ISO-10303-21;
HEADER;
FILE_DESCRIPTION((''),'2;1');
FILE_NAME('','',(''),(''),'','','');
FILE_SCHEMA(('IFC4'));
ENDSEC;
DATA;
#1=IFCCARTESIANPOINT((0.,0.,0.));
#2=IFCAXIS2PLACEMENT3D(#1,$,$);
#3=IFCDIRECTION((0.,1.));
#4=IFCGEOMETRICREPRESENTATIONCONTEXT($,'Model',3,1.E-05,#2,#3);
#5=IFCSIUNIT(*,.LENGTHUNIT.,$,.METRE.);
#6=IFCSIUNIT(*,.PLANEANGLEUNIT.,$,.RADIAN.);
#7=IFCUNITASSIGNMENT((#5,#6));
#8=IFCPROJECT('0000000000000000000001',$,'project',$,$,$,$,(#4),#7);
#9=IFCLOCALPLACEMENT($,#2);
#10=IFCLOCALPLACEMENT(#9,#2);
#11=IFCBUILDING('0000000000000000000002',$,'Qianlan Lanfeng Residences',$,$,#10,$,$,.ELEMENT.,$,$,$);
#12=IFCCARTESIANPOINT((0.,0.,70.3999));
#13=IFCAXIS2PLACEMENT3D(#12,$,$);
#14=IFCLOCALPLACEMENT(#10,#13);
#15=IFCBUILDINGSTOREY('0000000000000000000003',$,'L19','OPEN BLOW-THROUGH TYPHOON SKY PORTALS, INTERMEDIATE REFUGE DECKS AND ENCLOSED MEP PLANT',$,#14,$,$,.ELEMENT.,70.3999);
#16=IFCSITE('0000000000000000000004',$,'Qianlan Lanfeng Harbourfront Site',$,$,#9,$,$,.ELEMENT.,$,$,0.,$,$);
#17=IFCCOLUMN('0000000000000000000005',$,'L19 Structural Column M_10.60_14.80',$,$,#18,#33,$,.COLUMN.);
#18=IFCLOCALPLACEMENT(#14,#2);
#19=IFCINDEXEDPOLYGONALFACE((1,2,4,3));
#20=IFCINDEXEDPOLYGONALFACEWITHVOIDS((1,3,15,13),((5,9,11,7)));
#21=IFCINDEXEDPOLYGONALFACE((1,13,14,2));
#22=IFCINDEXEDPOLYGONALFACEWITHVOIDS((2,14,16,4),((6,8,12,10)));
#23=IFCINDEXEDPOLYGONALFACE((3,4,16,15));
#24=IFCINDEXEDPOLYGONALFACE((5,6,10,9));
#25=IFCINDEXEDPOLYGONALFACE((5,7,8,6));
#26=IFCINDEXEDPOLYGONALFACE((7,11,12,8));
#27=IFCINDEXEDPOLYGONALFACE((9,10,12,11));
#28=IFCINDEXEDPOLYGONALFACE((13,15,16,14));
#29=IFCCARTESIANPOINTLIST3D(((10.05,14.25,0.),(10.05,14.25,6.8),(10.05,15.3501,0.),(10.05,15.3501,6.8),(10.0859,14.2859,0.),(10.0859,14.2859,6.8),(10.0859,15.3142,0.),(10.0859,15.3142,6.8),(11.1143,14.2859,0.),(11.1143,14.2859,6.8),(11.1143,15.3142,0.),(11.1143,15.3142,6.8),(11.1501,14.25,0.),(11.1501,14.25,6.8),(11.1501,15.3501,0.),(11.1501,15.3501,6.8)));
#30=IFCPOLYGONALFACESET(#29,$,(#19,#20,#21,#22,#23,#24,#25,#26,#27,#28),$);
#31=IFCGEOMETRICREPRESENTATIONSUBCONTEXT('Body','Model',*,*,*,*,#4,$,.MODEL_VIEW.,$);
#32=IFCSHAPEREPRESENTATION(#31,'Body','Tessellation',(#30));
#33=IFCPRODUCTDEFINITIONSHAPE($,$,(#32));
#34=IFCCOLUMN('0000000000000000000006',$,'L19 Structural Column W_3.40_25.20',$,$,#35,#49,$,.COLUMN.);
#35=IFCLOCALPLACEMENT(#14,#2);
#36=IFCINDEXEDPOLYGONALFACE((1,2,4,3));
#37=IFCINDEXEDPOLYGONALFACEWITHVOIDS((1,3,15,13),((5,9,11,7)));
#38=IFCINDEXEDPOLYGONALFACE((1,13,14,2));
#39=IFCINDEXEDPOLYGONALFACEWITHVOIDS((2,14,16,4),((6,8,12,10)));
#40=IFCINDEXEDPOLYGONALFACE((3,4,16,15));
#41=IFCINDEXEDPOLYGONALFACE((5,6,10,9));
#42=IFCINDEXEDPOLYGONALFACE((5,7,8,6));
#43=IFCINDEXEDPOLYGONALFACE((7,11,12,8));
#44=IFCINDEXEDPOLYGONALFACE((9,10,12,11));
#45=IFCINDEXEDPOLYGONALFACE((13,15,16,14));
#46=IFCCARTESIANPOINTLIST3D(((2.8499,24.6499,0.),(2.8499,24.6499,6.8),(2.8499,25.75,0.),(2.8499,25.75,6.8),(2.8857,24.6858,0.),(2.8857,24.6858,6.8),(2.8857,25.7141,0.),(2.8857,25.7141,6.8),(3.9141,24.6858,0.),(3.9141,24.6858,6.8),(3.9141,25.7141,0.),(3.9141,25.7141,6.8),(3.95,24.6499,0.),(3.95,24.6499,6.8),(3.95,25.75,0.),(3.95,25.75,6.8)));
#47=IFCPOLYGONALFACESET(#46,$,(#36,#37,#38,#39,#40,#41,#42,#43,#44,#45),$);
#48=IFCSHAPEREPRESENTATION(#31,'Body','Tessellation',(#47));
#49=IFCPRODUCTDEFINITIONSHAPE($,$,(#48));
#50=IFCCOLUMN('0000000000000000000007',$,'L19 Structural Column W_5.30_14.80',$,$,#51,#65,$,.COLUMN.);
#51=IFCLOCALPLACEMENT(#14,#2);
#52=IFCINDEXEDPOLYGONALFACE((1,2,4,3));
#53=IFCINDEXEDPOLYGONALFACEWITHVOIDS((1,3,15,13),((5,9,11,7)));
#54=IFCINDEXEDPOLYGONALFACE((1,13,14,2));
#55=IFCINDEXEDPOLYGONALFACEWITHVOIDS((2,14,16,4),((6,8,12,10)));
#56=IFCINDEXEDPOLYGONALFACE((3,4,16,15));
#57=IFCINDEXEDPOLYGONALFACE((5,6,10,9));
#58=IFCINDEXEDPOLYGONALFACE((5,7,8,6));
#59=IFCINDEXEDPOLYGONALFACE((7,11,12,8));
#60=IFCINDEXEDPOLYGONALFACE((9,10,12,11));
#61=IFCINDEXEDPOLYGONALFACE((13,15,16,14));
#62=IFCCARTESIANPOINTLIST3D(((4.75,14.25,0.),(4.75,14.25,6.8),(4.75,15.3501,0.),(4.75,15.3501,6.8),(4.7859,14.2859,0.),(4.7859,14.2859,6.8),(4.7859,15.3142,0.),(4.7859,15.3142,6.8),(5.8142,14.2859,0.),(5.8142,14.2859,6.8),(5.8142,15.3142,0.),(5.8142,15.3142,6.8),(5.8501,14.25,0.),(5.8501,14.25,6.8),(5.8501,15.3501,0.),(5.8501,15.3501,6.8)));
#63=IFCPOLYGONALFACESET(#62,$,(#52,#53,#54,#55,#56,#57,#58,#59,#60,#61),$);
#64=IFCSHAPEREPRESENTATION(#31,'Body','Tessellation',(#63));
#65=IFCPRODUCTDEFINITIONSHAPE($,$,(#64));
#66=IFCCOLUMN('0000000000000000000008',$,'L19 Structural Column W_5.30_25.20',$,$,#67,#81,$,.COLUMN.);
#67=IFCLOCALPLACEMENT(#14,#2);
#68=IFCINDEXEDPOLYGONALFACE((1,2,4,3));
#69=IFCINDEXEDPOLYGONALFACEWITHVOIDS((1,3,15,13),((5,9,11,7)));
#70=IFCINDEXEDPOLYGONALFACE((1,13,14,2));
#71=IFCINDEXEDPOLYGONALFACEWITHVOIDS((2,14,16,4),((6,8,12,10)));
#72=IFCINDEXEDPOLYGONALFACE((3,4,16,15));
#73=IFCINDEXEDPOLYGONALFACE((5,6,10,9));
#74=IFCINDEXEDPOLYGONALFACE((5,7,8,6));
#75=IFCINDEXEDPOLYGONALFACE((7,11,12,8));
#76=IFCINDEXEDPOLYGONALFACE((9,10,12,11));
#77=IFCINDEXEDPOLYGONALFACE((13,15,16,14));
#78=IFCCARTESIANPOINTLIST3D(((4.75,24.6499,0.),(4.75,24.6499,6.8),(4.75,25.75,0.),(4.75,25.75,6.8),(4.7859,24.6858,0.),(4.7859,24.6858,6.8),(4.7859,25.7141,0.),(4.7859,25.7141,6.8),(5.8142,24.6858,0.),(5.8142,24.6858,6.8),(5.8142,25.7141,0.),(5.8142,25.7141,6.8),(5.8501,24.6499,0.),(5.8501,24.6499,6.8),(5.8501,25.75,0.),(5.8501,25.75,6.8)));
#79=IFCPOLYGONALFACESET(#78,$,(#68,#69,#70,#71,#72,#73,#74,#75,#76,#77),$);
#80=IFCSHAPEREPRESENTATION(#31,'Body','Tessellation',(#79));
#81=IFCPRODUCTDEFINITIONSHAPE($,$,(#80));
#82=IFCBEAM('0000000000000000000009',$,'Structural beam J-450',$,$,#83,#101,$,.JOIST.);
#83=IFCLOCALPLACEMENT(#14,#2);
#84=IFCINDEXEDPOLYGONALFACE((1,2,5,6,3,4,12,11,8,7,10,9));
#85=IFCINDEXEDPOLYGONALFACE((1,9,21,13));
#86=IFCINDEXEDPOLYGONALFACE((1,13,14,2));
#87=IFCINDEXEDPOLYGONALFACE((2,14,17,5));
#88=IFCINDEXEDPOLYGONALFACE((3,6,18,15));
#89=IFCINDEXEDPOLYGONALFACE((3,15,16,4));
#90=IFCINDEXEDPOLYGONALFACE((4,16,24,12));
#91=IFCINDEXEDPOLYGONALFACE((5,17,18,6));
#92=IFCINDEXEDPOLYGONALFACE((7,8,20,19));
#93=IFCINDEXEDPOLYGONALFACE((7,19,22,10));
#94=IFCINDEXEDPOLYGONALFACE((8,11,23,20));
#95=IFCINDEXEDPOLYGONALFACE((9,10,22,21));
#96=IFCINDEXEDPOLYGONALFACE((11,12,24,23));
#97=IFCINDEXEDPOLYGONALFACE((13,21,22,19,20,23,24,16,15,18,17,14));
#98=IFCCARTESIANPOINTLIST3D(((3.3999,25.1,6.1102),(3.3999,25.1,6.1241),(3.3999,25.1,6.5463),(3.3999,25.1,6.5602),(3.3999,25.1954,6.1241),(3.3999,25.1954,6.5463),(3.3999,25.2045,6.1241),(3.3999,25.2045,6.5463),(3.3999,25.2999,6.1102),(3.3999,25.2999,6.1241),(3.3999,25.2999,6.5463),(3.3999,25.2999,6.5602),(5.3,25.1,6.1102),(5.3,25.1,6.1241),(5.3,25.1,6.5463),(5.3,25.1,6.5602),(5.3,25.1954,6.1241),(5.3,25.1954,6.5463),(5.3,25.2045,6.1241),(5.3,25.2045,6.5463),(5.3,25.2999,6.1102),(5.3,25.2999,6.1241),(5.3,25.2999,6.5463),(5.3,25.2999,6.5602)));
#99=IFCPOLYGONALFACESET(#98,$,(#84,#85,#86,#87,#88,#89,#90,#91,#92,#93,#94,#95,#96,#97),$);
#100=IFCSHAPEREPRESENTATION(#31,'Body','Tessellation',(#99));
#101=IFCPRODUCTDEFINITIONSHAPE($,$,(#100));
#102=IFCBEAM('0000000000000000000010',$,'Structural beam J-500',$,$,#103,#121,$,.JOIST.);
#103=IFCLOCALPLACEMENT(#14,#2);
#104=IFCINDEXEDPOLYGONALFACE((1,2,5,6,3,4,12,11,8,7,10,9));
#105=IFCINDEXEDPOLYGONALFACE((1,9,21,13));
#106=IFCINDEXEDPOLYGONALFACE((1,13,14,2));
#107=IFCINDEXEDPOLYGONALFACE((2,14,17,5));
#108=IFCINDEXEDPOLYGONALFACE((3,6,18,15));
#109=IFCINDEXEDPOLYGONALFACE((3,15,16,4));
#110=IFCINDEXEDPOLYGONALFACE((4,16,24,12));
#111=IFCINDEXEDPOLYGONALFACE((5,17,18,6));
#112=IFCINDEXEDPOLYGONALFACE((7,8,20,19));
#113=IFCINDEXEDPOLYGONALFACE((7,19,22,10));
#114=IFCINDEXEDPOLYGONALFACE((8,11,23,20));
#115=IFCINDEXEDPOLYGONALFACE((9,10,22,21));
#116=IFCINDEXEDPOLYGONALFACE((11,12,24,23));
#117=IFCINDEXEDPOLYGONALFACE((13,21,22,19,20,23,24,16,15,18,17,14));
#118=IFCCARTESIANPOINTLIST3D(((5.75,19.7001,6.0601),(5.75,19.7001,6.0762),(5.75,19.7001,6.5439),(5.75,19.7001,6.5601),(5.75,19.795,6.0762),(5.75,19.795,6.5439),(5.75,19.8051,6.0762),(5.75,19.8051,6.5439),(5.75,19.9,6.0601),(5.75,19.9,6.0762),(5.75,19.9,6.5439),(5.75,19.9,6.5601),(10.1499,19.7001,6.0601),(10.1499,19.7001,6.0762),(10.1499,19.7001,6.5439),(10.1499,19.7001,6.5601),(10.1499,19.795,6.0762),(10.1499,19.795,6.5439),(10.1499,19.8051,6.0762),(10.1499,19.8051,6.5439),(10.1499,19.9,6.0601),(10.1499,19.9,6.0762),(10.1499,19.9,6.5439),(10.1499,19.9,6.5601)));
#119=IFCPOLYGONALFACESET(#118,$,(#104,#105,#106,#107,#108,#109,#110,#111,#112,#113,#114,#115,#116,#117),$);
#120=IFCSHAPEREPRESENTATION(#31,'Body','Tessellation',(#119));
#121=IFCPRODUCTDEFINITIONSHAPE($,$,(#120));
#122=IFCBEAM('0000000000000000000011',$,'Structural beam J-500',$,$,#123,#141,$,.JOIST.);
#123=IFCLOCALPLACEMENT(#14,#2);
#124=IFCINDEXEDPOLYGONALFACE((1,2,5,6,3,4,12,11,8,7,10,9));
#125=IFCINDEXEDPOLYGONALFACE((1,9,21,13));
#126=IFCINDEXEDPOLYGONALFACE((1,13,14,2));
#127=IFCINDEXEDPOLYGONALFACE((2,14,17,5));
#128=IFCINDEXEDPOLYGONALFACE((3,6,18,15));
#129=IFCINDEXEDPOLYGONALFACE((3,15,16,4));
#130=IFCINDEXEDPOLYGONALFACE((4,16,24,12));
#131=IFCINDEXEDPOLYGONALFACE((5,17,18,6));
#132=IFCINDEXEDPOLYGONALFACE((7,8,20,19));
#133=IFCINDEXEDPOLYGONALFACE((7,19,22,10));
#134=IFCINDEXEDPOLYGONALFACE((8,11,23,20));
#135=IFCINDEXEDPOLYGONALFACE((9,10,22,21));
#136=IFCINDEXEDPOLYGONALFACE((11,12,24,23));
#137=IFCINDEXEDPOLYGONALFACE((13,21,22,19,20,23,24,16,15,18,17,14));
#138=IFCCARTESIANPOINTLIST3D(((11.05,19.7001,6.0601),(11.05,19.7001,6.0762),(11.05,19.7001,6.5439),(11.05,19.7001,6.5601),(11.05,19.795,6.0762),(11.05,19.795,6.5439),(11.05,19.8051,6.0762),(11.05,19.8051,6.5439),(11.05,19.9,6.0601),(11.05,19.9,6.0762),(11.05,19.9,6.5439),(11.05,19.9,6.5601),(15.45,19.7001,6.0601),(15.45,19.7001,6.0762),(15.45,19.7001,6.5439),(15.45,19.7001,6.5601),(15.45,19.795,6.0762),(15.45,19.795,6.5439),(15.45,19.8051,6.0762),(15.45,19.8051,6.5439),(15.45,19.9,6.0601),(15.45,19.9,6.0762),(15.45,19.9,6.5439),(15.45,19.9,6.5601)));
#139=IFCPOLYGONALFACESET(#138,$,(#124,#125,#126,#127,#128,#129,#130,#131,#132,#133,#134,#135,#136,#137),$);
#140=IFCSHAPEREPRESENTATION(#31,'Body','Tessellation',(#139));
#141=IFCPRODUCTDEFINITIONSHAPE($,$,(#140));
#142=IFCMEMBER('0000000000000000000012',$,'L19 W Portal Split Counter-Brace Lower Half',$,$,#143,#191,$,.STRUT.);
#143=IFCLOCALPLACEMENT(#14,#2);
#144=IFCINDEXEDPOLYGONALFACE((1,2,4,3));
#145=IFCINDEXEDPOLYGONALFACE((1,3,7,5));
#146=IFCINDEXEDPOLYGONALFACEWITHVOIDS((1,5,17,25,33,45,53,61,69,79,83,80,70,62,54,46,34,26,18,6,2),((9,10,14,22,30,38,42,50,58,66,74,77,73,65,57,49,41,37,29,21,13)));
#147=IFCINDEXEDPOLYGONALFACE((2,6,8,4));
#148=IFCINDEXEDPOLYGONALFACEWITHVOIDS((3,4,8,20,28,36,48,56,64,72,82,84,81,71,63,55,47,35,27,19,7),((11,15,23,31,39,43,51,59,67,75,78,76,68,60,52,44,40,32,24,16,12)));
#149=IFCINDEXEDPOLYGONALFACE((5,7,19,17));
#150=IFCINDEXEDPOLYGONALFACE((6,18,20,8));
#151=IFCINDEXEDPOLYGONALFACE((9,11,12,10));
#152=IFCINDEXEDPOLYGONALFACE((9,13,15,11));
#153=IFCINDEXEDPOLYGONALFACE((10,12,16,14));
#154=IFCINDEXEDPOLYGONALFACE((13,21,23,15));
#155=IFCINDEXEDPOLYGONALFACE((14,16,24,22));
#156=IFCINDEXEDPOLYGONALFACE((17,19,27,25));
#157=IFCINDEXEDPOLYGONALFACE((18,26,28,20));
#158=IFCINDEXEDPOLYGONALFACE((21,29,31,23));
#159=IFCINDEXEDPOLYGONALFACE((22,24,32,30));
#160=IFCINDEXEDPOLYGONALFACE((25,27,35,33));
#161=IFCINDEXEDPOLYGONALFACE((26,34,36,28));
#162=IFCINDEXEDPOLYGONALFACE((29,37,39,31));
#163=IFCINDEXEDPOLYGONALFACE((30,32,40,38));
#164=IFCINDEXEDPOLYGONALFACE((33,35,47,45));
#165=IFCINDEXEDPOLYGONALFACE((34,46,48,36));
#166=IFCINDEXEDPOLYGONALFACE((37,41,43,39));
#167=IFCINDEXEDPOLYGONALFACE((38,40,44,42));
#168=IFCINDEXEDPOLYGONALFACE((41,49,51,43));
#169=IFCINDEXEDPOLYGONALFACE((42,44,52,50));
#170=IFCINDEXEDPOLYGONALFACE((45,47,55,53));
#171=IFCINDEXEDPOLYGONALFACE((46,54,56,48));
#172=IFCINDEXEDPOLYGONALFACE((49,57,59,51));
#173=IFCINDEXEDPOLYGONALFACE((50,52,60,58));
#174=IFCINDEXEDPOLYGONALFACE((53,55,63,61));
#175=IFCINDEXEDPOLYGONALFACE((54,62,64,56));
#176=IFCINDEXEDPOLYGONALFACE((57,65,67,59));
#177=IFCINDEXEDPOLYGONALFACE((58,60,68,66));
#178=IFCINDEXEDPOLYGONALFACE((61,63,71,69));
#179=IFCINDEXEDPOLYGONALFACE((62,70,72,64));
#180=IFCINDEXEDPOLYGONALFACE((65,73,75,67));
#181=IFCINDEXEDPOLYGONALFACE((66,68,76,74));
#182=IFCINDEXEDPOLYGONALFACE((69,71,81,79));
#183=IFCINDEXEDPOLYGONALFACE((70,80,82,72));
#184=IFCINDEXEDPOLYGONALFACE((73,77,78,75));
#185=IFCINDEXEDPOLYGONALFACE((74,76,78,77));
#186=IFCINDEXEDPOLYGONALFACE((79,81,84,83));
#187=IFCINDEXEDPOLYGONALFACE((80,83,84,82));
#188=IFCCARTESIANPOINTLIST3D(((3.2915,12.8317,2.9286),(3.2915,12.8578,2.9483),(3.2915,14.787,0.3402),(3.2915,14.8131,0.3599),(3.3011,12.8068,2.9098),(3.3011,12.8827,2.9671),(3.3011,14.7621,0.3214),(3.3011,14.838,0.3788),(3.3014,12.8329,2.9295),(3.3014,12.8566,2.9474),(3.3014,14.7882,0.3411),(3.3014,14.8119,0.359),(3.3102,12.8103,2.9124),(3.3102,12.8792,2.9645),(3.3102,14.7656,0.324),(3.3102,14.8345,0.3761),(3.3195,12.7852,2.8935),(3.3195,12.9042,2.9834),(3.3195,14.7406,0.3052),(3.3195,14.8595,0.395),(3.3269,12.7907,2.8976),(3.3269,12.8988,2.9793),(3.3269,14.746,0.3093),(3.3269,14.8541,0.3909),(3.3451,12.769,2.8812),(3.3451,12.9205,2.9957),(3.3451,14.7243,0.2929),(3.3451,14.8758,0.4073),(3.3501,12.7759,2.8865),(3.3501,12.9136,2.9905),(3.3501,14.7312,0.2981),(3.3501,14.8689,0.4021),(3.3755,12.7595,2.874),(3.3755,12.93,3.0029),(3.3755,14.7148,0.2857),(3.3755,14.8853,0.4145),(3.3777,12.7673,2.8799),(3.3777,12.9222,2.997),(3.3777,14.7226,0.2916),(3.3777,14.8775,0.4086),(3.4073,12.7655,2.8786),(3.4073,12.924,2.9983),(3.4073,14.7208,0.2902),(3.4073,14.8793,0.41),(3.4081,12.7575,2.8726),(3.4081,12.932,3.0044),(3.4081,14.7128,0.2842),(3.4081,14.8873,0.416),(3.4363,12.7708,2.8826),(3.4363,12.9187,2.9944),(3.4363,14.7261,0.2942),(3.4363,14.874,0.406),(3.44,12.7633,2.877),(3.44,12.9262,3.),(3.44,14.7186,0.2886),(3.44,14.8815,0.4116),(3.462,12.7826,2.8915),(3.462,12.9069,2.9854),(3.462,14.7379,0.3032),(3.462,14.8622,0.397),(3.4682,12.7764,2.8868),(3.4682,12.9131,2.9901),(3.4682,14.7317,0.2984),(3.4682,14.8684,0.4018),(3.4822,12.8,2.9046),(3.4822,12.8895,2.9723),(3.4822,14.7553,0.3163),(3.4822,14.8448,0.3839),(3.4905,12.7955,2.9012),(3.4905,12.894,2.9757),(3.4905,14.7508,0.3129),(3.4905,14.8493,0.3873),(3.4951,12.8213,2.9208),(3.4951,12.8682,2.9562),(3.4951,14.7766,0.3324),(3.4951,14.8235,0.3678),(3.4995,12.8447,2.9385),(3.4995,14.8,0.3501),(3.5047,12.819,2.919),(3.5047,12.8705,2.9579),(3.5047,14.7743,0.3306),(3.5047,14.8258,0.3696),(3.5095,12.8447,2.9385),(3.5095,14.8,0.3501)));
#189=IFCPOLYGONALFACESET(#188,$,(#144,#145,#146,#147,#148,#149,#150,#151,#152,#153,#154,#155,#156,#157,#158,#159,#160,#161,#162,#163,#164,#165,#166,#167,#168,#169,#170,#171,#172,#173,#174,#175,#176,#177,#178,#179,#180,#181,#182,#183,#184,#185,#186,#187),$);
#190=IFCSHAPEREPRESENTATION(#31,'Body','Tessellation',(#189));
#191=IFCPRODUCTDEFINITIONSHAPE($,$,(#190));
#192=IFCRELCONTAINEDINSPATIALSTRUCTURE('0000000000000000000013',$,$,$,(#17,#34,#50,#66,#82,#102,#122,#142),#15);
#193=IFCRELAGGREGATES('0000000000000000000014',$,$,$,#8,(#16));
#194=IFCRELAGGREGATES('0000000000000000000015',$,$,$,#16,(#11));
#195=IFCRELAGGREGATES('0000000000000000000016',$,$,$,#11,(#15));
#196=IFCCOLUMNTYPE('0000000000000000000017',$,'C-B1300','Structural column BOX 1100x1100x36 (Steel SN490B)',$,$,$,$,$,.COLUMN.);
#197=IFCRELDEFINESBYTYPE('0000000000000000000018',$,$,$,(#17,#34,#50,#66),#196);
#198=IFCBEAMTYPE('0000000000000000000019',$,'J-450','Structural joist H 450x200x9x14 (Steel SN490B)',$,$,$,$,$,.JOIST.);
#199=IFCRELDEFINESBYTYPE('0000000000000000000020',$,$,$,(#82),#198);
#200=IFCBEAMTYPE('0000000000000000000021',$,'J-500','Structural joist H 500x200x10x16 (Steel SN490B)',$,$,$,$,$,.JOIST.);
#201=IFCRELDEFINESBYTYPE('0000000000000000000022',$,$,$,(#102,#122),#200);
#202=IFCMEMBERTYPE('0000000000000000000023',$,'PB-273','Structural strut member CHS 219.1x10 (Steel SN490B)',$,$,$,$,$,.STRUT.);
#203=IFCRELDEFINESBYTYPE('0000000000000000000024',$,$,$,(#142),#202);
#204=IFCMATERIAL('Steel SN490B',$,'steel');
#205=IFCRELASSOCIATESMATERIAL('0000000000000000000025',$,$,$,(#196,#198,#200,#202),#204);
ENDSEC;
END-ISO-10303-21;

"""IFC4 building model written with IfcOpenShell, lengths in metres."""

from ifc_helpers import new_model, si_unit, direction, frame, origin, origin_2d, place, context, subcontext, project, spatial, hollow_rectangle, hollow_circle, i_section, extrude, material, material_profile, profile_set, type_object, element, save


model = new_model("IFC4")

# Units and contexts
model_context = context("Model", 3, precision=1e-05, world=origin(), true_north=direction((0.0, 1.0)))
body_context = subcontext(model_context, "Body", "Model", "MODEL_VIEW")
ifc_project = project(units=[si_unit("LENGTHUNIT", "METRE"), si_unit("PLANEANGLEUNIT", "RADIAN")], contexts=[model_context])

# Site, building, storey
site_placement = place(None, origin())
site = spatial("IfcSite", under=ifc_project, at=site_placement, Name="Qianlan Lanfeng Harbourfront Site", CompositionType="ELEMENT", RefElevation=0.0)
building_placement = place(site_placement, origin())
building = spatial("IfcBuilding", under=site, at=building_placement, Name="Qianlan Lanfeng Residences", CompositionType="ELEMENT")
storey_placement = place(building_placement, frame((0.0, 0.0, 70.3999)))
storey = spatial("IfcBuildingStorey", under=building, at=storey_placement, Name="L19", Description="OPEN BLOW-THROUGH TYPHOON SKY PORTALS, INTERMEDIATE REFUGE DECKS AND ENCLOSED MEP PLANT", CompositionType="ELEMENT", Elevation=70.3999)

# Columns
ifc_material_1 = material(Name="Steel SN490B", Category="steel")
ifc_material_profile_1 = material_profile(ifc_material_1, hollow_rectangle(XDim=1.1001, YDim=1.1001, WallThickness=0.0359, at=origin_2d()), Name="BOX 1100x1100x36")
ifc_profile_set_1 = profile_set([ifc_material_profile_1], Name="Steel SN490B")
column_type = type_object("IfcColumnType", Name="C-B1300", Description="Structural column BOX 1100x1100x36 (Steel SN490B)", PredefinedType="COLUMN", material=ifc_profile_set_1)
for number, where, z_axis, x_axis, name in (
    (1, (10.6001, 14.8, 0.0), (0.0, 0.0, 1.0), (1.0, 0.0, 0.0), "L19 Structural Column M_10.60_14.80"),
    (2, (3.3999, 25.2, 0.0), (0.0, 0.0, 1.0), (1.0, 0.0, 0.0), "L19 Structural Column W_3.40_25.20"),
    (3, (5.3, 14.8, 0.0), (0.0, 0.0, 1.0), (1.0, 0.0, 0.0), "L19 Structural Column W_5.30_14.80"),
    (4, (5.3, 25.2, 0.0), (0.0, 0.0, 1.0), (1.0, 0.0, 0.0), "L19 Structural Column W_5.30_25.20"),
):
    element("IfcColumn", number, at=place(storey_placement, frame(where, z_axis=z_axis, x_axis=x_axis)), inside=storey, type_object=column_type, Name=name, PredefinedType="COLUMN", context=body_context, shape_type="SweptSolid", body=[
        extrude(hollow_rectangle(XDim=1.1001, YDim=1.1001, WallThickness=0.0359, at=origin_2d()), origin(), (0.0, 0.0, 1.0), 6.8),
    ])

# Beams
ifc_material_profile_2 = material_profile(ifc_material_1, i_section(OverallWidth=0.2, OverallDepth=0.45, WebThickness=0.009, FlangeThickness=0.0139, at=origin_2d()), Name="H 450x200x9x14")
ifc_profile_set_2 = profile_set([ifc_material_profile_2], Name="Steel SN490B")
beam_type_1 = type_object("IfcBeamType", Name="J-450", Description="Structural joist H 450x200x9x14 (Steel SN490B)", PredefinedType="JOIST", material=ifc_profile_set_2)
beam_1_placement = place(storey_placement, frame((3.3999, 25.2, 6.3352), z_axis=(1.0, 0.0, 0.0), x_axis=(0.0, 1.0, 0.0)))
element("IfcBeam", 5, at=beam_1_placement, inside=storey, type_object=beam_type_1, Name="Structural beam J-450", PredefinedType="JOIST", context=body_context, shape_type="SweptSolid", body=[
    extrude(i_section(OverallWidth=0.2, OverallDepth=0.45, WebThickness=0.009, FlangeThickness=0.0139, at=origin_2d()), origin(), (0.0, 0.0, 1.0), 1.9001),
])
ifc_material_profile_3 = material_profile(ifc_material_1, i_section(OverallWidth=0.2, OverallDepth=0.5, WebThickness=0.01, FlangeThickness=0.0161, at=origin_2d()), Name="H 500x200x10x16")
ifc_profile_set_3 = profile_set([ifc_material_profile_3], Name="Steel SN490B")
beam_type_2 = type_object("IfcBeamType", Name="J-500", Description="Structural joist H 500x200x10x16 (Steel SN490B)", PredefinedType="JOIST", material=ifc_profile_set_3)
for number, where, z_axis, x_axis, name in (
    (6, (5.75, 19.8, 6.3101), (1.0, 0.0, 0.0), (0.0, 1.0, 0.0), "Structural beam J-500"),
    (7, (11.05, 19.8, 6.3101), (1.0, 0.0, 0.0), (0.0, 1.0, 0.0), "Structural beam J-500"),
):
    element("IfcBeam", number, at=place(storey_placement, frame(where, z_axis=z_axis, x_axis=x_axis)), inside=storey, type_object=beam_type_2, Name=name, PredefinedType="JOIST", context=body_context, shape_type="SweptSolid", body=[
        extrude(i_section(OverallWidth=0.2, OverallDepth=0.5, WebThickness=0.01, FlangeThickness=0.0161, at=origin_2d()), origin(), (0.0, 0.0, 1.0), 4.3999),
    ])

# Member
ifc_material_profile_4 = material_profile(ifc_material_1, hollow_circle(Radius=0.1096, WallThickness=0.01, at=origin_2d()), Name="CHS 219.1x10")
ifc_profile_set_4 = profile_set([ifc_material_profile_4], Name="Steel SN490B")
member_type = type_object("IfcMemberType", Name="PB-273", Description="Structural strut member CHS 219.1x10 (Steel SN490B)", PredefinedType="STRUT", material=ifc_profile_set_4)
member_placement = place(storey_placement, frame((3.3999, 14.8, 0.3501), z_axis=(0.0, -0.602766, 0.797918), x_axis=(1.0, 0.0, 0.0)))
element("IfcMember", 8, at=member_placement, inside=storey, type_object=member_type, Name="L19 W Portal Split Counter-Brace Lower Half", PredefinedType="STRUT", context=body_context, shape_type="SweptSolid", body=[
    extrude(hollow_circle(Radius=0.1096, WallThickness=0.01, at=origin_2d()), origin(), (0.0, 0.0, 1.0), 3.2439),
])

save(model, "model.ifc")
